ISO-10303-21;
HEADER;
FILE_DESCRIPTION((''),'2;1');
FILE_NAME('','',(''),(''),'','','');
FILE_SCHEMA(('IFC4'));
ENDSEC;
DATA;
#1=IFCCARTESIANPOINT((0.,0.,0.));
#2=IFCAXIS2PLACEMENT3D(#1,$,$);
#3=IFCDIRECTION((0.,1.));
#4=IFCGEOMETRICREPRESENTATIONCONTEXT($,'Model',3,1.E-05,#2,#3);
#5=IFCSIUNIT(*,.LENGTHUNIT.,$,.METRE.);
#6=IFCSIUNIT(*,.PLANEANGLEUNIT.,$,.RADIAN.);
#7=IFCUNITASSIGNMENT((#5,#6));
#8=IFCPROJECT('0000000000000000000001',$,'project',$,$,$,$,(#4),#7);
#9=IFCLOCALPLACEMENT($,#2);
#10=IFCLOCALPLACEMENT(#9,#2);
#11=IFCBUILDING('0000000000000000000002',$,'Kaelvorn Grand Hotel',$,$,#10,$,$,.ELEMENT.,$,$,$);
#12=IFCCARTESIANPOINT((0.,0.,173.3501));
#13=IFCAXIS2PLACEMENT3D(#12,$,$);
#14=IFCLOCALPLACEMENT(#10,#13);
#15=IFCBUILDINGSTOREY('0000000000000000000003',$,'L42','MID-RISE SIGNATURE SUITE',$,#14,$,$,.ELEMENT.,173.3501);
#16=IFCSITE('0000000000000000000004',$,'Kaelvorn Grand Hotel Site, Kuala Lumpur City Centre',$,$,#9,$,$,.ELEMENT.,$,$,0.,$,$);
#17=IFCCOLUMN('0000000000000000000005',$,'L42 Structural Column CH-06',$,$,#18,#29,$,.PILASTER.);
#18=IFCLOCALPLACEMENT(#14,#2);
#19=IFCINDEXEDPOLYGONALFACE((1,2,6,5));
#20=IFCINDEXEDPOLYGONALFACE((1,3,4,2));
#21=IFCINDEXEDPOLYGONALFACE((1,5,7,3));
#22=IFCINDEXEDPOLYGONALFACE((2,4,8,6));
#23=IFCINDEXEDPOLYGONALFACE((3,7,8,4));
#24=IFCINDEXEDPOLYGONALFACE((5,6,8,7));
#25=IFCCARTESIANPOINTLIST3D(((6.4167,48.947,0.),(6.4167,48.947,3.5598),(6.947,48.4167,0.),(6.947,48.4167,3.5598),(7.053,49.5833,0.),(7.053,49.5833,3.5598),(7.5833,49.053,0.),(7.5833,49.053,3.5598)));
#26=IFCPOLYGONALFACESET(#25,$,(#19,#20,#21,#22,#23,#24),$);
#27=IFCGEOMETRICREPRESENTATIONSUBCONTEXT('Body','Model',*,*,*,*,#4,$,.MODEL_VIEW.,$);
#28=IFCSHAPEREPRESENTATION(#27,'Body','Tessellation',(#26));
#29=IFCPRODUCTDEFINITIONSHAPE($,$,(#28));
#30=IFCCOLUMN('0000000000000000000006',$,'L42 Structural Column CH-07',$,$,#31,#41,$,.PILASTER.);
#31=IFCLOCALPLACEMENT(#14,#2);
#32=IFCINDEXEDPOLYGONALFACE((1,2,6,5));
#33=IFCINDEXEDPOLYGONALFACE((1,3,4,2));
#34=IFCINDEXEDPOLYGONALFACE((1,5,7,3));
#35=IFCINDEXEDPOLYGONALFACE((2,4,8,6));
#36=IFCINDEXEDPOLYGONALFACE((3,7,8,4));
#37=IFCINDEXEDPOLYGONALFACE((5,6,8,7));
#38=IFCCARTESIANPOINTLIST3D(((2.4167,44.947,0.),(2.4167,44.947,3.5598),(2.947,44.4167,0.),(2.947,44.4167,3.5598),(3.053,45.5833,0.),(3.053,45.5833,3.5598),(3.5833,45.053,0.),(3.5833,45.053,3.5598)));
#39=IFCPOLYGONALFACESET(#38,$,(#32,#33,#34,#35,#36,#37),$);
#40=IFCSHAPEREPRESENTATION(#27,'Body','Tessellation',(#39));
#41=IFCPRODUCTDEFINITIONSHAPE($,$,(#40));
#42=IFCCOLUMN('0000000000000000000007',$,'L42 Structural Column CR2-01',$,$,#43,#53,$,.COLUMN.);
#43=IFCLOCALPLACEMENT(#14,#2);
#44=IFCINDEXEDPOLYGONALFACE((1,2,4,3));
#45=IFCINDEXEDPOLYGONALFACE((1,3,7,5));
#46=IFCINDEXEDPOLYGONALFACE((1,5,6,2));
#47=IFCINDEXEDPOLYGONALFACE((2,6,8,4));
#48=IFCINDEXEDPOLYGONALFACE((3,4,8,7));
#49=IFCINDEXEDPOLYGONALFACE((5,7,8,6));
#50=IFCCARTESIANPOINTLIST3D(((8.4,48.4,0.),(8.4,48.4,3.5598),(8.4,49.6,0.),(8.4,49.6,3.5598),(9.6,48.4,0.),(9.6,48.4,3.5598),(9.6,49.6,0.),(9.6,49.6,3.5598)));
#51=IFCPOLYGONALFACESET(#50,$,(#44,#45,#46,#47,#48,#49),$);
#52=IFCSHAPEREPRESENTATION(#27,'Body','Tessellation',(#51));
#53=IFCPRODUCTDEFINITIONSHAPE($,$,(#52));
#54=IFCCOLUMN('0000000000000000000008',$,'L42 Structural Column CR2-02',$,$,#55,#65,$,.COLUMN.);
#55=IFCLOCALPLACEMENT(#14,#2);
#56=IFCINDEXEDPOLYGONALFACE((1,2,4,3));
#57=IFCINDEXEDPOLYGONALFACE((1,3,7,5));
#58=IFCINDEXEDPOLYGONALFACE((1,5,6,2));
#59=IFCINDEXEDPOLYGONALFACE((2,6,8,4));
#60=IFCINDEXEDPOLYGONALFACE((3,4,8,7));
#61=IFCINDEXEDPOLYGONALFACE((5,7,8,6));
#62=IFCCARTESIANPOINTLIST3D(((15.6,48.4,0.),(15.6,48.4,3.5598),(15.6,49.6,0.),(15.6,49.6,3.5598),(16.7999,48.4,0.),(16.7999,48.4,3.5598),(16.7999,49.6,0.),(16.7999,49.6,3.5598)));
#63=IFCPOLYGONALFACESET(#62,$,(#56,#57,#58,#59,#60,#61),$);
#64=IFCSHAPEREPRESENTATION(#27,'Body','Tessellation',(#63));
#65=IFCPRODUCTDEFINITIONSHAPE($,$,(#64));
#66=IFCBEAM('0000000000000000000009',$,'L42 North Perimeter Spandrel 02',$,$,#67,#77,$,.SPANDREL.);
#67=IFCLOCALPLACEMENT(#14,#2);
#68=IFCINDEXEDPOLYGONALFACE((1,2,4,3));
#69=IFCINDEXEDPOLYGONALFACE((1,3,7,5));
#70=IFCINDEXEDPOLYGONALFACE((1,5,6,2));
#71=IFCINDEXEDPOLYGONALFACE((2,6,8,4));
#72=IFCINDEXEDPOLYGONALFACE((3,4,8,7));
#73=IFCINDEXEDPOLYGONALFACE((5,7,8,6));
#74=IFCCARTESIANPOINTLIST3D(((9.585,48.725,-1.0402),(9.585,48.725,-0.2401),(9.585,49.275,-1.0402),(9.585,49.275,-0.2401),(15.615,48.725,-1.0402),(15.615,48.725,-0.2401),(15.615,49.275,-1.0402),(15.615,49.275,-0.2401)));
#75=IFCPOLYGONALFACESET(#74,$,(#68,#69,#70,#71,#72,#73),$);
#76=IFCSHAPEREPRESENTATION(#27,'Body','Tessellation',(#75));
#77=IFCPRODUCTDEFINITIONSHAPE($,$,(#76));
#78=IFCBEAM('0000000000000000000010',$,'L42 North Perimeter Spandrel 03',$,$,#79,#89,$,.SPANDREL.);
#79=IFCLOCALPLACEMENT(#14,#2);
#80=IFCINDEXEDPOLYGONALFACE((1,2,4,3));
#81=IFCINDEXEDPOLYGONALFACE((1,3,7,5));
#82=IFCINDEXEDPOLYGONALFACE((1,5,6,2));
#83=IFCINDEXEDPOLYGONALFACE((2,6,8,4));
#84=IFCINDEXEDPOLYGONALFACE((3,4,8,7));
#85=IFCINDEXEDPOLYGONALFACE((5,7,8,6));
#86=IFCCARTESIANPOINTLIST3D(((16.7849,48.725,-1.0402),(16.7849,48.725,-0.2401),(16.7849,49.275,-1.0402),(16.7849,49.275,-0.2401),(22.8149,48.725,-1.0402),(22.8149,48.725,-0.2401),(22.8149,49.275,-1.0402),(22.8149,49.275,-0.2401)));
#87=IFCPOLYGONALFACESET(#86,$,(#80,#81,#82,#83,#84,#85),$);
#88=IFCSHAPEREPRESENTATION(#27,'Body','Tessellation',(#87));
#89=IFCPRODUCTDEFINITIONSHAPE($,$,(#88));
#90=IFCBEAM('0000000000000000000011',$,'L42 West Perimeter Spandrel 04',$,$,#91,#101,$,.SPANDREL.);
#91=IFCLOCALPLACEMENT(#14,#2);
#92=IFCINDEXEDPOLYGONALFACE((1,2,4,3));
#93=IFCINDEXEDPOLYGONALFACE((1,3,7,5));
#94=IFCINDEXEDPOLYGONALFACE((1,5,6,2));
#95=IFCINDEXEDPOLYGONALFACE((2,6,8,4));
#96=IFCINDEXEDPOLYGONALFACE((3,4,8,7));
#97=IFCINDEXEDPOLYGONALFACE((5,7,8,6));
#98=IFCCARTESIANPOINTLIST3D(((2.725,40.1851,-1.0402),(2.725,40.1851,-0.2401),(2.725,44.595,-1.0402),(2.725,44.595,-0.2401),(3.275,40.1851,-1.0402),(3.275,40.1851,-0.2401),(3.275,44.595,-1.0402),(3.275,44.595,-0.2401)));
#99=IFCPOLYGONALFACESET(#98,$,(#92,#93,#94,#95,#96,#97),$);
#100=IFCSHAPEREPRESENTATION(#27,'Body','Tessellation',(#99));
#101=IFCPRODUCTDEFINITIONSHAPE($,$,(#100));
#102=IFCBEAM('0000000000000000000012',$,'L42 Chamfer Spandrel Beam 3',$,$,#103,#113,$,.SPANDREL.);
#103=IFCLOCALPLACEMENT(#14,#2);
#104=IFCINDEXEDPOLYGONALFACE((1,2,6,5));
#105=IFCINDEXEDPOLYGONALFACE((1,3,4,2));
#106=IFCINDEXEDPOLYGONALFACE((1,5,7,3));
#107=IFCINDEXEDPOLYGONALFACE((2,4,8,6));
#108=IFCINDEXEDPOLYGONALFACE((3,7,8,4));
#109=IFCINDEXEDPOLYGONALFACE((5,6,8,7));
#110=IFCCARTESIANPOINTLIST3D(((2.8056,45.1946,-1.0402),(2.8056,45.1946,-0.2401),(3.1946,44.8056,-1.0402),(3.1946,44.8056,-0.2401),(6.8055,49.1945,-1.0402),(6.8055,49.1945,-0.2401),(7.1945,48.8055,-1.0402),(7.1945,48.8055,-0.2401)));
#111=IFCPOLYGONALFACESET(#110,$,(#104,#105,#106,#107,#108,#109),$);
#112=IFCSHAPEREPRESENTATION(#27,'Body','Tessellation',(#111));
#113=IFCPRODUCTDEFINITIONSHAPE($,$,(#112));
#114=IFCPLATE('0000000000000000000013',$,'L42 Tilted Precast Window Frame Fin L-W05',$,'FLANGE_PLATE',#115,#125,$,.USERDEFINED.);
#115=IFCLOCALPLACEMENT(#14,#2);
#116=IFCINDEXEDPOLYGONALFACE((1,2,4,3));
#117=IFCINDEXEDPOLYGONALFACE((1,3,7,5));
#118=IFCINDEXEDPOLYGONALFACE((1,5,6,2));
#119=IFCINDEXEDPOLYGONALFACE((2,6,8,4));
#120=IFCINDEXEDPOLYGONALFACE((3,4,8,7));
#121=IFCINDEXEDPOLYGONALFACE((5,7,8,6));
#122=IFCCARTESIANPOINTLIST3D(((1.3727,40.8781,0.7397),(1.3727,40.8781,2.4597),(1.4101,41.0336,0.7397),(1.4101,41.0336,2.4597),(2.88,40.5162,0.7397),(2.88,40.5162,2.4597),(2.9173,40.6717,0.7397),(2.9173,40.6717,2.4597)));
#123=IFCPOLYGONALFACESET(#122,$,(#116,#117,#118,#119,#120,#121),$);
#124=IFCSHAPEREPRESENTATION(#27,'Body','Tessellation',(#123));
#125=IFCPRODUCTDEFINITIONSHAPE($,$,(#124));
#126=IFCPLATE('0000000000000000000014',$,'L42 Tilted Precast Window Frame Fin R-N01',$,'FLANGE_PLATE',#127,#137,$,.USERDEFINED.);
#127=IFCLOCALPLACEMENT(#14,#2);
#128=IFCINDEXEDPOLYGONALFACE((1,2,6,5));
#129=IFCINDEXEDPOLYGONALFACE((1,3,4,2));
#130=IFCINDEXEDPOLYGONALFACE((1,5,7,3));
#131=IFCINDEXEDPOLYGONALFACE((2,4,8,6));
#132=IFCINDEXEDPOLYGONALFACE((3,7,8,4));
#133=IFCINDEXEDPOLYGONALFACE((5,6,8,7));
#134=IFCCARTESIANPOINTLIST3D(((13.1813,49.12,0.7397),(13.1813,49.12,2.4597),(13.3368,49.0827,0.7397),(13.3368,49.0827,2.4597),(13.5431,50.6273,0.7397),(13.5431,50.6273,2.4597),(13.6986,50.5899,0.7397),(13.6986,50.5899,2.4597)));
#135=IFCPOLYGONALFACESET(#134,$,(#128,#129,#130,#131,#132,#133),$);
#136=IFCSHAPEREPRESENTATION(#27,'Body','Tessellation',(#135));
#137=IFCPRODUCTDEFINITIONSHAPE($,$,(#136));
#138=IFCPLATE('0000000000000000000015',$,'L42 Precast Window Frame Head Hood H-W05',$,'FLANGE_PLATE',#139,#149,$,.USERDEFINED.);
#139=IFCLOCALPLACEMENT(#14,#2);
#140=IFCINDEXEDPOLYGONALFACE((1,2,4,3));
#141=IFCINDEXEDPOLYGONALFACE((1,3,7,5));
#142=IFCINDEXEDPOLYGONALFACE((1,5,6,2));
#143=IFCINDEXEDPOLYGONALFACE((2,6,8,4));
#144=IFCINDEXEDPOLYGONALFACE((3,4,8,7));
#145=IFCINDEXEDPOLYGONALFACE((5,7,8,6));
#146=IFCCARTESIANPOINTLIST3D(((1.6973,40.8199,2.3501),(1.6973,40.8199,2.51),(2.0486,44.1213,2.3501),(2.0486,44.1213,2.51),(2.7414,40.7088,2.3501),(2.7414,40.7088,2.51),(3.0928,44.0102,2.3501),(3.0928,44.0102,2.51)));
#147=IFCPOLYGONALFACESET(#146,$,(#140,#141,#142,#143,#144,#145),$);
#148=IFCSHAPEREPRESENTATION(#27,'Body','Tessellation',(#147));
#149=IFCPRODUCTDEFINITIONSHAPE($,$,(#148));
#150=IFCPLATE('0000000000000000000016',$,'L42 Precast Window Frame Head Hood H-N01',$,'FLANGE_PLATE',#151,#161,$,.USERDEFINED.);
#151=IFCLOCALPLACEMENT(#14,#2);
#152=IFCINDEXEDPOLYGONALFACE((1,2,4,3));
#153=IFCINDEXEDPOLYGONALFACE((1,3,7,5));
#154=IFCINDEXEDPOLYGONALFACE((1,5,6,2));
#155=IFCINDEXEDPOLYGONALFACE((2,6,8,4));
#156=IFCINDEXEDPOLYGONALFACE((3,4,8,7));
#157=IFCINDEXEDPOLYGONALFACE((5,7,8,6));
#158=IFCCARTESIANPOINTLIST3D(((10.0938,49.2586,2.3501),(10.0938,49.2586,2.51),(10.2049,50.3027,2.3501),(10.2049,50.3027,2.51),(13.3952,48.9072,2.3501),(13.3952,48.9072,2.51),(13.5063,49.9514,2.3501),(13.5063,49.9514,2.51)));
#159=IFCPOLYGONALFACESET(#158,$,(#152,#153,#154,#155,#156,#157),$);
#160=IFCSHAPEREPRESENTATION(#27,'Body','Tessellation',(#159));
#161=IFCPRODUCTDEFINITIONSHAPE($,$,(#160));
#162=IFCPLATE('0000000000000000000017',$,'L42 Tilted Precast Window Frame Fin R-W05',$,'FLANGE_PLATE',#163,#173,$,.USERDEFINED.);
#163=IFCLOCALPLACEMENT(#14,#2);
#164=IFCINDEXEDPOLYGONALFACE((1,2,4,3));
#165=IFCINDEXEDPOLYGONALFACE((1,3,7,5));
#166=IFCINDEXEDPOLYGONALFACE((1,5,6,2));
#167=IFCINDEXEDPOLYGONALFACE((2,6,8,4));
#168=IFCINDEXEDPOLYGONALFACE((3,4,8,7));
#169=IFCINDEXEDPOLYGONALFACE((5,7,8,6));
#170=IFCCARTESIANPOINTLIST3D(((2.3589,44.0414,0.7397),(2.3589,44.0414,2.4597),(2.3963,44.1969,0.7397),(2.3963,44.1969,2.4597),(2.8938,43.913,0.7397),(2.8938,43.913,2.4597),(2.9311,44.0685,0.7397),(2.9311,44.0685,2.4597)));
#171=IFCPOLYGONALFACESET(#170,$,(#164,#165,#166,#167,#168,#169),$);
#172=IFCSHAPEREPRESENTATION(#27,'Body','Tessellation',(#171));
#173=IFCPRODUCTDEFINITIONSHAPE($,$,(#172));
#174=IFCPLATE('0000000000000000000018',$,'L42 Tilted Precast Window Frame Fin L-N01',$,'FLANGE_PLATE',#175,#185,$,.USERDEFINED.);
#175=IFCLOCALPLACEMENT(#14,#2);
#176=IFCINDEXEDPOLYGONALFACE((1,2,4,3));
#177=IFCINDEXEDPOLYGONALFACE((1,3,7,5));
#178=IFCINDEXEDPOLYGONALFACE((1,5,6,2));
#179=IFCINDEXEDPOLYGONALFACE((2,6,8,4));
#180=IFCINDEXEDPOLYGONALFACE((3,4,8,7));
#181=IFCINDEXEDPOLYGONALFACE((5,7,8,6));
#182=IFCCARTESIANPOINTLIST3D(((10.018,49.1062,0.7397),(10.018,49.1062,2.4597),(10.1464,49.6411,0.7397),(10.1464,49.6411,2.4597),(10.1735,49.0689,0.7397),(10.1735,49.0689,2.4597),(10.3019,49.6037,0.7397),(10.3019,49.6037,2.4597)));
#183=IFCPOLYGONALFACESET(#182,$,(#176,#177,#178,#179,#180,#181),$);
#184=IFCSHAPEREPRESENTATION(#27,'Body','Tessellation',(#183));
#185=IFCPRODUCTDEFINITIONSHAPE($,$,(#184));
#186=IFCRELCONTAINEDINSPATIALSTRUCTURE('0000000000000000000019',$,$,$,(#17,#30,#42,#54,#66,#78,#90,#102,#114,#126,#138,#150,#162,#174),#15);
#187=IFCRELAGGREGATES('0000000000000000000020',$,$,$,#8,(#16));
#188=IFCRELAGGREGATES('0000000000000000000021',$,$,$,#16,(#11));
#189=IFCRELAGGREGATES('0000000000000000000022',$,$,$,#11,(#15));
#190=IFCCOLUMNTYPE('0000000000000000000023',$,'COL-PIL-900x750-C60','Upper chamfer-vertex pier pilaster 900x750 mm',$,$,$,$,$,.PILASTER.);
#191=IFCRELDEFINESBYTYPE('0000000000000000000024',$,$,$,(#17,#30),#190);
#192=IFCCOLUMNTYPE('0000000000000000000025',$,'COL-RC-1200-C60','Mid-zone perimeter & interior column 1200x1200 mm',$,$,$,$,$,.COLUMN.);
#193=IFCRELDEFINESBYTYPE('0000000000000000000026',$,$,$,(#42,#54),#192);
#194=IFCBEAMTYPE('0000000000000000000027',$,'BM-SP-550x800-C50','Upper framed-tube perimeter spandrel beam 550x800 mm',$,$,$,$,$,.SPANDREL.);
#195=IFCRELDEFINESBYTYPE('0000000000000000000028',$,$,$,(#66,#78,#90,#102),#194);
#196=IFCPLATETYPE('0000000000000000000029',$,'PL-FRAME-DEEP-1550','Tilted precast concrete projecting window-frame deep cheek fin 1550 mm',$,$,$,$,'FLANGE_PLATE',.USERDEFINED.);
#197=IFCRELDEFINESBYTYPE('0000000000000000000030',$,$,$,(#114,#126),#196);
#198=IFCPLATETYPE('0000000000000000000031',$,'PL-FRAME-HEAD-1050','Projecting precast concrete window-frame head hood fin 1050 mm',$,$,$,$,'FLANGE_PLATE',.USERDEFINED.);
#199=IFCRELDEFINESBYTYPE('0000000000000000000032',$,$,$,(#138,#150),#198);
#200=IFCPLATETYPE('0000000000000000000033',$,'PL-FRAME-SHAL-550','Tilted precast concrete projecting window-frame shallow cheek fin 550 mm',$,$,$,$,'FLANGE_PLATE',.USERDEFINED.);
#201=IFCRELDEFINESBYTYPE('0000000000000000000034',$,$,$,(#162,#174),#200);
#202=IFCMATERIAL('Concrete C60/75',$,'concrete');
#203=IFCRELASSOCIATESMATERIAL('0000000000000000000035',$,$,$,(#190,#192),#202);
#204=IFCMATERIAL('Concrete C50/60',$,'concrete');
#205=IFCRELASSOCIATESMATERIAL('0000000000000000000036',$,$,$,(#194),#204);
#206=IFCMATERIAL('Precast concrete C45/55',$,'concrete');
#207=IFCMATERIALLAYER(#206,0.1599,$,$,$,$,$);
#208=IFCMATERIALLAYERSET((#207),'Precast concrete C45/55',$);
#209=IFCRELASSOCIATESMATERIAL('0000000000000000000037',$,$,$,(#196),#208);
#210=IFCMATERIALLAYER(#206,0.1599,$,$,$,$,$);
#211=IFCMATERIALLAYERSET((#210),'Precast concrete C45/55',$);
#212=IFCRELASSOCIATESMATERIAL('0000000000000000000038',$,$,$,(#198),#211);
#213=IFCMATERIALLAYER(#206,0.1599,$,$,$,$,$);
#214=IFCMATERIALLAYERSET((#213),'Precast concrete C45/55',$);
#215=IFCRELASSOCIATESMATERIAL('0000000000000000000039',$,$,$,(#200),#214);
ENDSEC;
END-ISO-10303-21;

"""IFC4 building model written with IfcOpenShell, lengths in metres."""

from ifc_helpers import new_model, si_unit, direction, frame, origin, origin_2d, place, context, subcontext, project, spatial, rectangle, extrude, material, layer, layer_set, material_profile, profile_set, type_object, element, save


model = new_model("IFC4")

# Units and contexts
model_context = context("Model", 3, precision=1e-05, world=origin(), true_north=direction((0.0, 1.0)))
body_context = subcontext(model_context, "Body", "Model", "MODEL_VIEW")
ifc_project = project(units=[si_unit("LENGTHUNIT", "METRE"), si_unit("PLANEANGLEUNIT", "RADIAN")], contexts=[model_context])

# Site, building, storey
site_placement = place(None, origin())
site = spatial("IfcSite", under=ifc_project, at=site_placement, Name="Kaelvorn Grand Hotel Site, Kuala Lumpur City Centre", CompositionType="ELEMENT", RefElevation=0.0)
building_placement = place(site_placement, origin())
building = spatial("IfcBuilding", under=site, at=building_placement, Name="Kaelvorn Grand Hotel", CompositionType="ELEMENT")
storey_placement = place(building_placement, frame((0.0, 0.0, 173.3501)))
storey = spatial("IfcBuildingStorey", under=building, at=storey_placement, Name="L42", Description="MID-RISE SIGNATURE SUITE", CompositionType="ELEMENT", Elevation=173.3501)

# Columns
ifc_material_1 = material(Name="Concrete C60/75", Category="concrete")
ifc_material_profile_1 = material_profile(ifc_material_1, rectangle(XDim=0.8999, YDim=0.75, at=origin_2d()), Name="RC PILASTER 900x750")
ifc_profile_set_1 = profile_set([ifc_material_profile_1], Name="Concrete C60/75")
column_type_1 = type_object("IfcColumnType", Name="COL-PIL-900x750-C60", Description="Upper chamfer-vertex pier pilaster 900x750 mm", PredefinedType="PILASTER", material=ifc_profile_set_1)
for number, where, z_axis, x_axis, name in (
    (1, (7.0, 49.0, 0.0), (0.0, 0.0, 1.0), (0.707107, 0.707107, 0.0), "L42 Structural Column CH-06"),
    (2, (3.0, 45.0, 0.0), (0.0, 0.0, 1.0), (0.707107, 0.707107, 0.0), "L42 Structural Column CH-07"),
):
    element("IfcColumn", number, at=place(storey_placement, frame(where, z_axis=z_axis, x_axis=x_axis)), inside=storey, type_object=column_type_1, Name=name, PredefinedType="PILASTER", context=body_context, shape_type="SweptSolid", body=[
        extrude(rectangle(XDim=0.8999, YDim=0.75, at=origin_2d()), origin(), (0.0, 0.0, 1.0), 3.5598),
    ])
ifc_material_profile_2 = material_profile(ifc_material_1, rectangle(XDim=1.2, YDim=1.2, at=origin_2d()), Name="RC COL 1200x1200")
ifc_profile_set_2 = profile_set([ifc_material_profile_2], Name="Concrete C60/75")
column_type_2 = type_object("IfcColumnType", Name="COL-RC-1200-C60", Description="Mid-zone perimeter & interior column 1200x1200 mm", PredefinedType="COLUMN", material=ifc_profile_set_2)
for number, where, z_axis, x_axis, name in (
    (3, (9.0, 49.0, 0.0), (0.0, 0.0, 1.0), (1.0, 0.0, 0.0), "L42 Structural Column CR2-01"),
    (4, (16.2, 49.0, 0.0), (0.0, 0.0, 1.0), (1.0, 0.0, 0.0), "L42 Structural Column CR2-02"),
):
    element("IfcColumn", number, at=place(storey_placement, frame(where, z_axis=z_axis, x_axis=x_axis)), inside=storey, type_object=column_type_2, Name=name, PredefinedType="COLUMN", context=body_context, shape_type="SweptSolid", body=[
        extrude(rectangle(XDim=1.2, YDim=1.2, at=origin_2d()), origin(), (0.0, 0.0, 1.0), 3.5598),
    ])

# Beams
ifc_material_2 = material(Name="Concrete C50/60", Category="concrete")
ifc_material_profile_3 = material_profile(ifc_material_2, rectangle(XDim=0.55, YDim=0.8, at=origin_2d()), Name="RC SPANDREL 550x800")
ifc_profile_set_3 = profile_set([ifc_material_profile_3], Name="Concrete C50/60")
beam_type = type_object("IfcBeamType", Name="BM-SP-550x800-C50", Description="Upper framed-tube perimeter spandrel beam 550x800 mm", PredefinedType="SPANDREL", material=ifc_profile_set_3)
for number, where, z_axis, x_axis, name in (
    (5, (9.585, 49.0, -0.6401), (1.0, 0.0, 0.0), (0.0, 1.0, 0.0), "L42 North Perimeter Spandrel 02"),
    (6, (16.7849, 49.0, -0.6401), (1.0, 0.0, 0.0), (0.0, 1.0, 0.0), "L42 North Perimeter Spandrel 03"),
):
    element("IfcBeam", number, at=place(storey_placement, frame(where, z_axis=z_axis, x_axis=x_axis)), inside=storey, type_object=beam_type, Name=name, PredefinedType="SPANDREL", context=body_context, shape_type="SweptSolid", body=[
        extrude(rectangle(XDim=0.55, YDim=0.8, at=origin_2d()), origin(), (0.0, 0.0, 1.0), 6.03),
    ])
beam_1_placement = place(storey_placement, frame((3.0, 40.1851, -0.6401), z_axis=(0.0, 1.0, 0.0), x_axis=(-1.0, 0.0, 0.0)))
element("IfcBeam", 7, at=beam_1_placement, inside=storey, type_object=beam_type, Name="L42 West Perimeter Spandrel 04", PredefinedType="SPANDREL", context=body_context, shape_type="SweptSolid", body=[
    extrude(rectangle(XDim=0.55, YDim=0.8, at=origin_2d()), origin(), (0.0, 0.0, 1.0), 4.4099),
])
beam_2_placement = place(storey_placement, frame((7.0, 49.0, -0.6401), z_axis=(-0.707107, -0.707107, 0.0), x_axis=(0.707107, -0.707107, 0.0)))
element("IfcBeam", 8, at=beam_2_placement, inside=storey, type_object=beam_type, Name="L42 Chamfer Spandrel Beam 3", PredefinedType="SPANDREL", context=body_context, shape_type="SweptSolid", body=[
    extrude(rectangle(XDim=0.55, YDim=0.8, at=origin_2d()), origin(), (0.0, 0.0, 1.0), 5.6567),
])

# Plates
ifc_material_3 = material(Name="Precast concrete C45/55", Category="concrete")
ifc_layer_1 = layer(ifc_material_3, 0.1599)
ifc_layer_set_1 = layer_set([ifc_layer_1], Name="Precast concrete C45/55")
plate_type_1 = type_object("IfcPlateType", Name="PL-FRAME-DEEP-1550", Description="Tilted precast concrete projecting window-frame deep cheek fin 1550 mm", ElementType="FLANGE_PLATE", PredefinedType="USERDEFINED", material=ifc_layer_set_1)
for number, where, z_axis, x_axis, name in (
    (9, (2.145, 40.7749, 0.7397), (0.0, 0.0, 1.0), (0.233445, 0.97237, 0.0), "L42 Tilted Precast Window Frame Fin L-W05"),
    (10, (13.4399, 49.855, 0.7397), (0.0, 0.0, 1.0), (0.97237, -0.233445, 0.0), "L42 Tilted Precast Window Frame Fin R-N01"),
):
    element("IfcPlate", number, at=place(storey_placement, frame(where, z_axis=z_axis, x_axis=x_axis)), inside=storey, type_object=plate_type_1, Name=name, ObjectType="FLANGE_PLATE", PredefinedType="USERDEFINED", context=body_context, shape_type="SweptSolid", body=[
        extrude(rectangle(XDim=0.1599, YDim=1.55, at=origin_2d()), origin(), (0.0, 0.0, 1.0), 1.72),
    ])
ifc_layer_2 = layer(ifc_material_3, 0.1599)
ifc_layer_set_2 = layer_set([ifc_layer_2], Name="Precast concrete C45/55")
plate_type_2 = type_object("IfcPlateType", Name="PL-FRAME-HEAD-1050", Description="Projecting precast concrete window-frame head hood fin 1050 mm", ElementType="FLANGE_PLATE", PredefinedType="USERDEFINED", material=ifc_layer_set_2)
for number, where, z_axis, x_axis, name in (
    (11, (2.395, 42.415, 2.3501), (0.0, 0.0, 1.0), (0.10583, 0.994384, 0.0), "L42 Precast Window Frame Head Hood H-W05"),
    (12, (11.8, 49.605, 2.3501), (0.0, 0.0, 1.0), (0.994384, -0.10583, 0.0), "L42 Precast Window Frame Head Hood H-N01"),
):
    element("IfcPlate", number, at=place(storey_placement, frame(where, z_axis=z_axis, x_axis=x_axis)), inside=storey, type_object=plate_type_2, Name=name, ObjectType="FLANGE_PLATE", PredefinedType="USERDEFINED", context=body_context, shape_type="SweptSolid", body=[
        extrude(rectangle(XDim=3.3201, YDim=1.05, at=origin_2d()), origin(), (0.0, 0.0, 1.0), 0.1599),
    ])
ifc_layer_3 = layer(ifc_material_3, 0.1599)
ifc_layer_set_3 = layer_set([ifc_layer_3], Name="Precast concrete C45/55")
plate_type_3 = type_object("IfcPlateType", Name="PL-FRAME-SHAL-550", Description="Tilted precast concrete projecting window-frame shallow cheek fin 550 mm", ElementType="FLANGE_PLATE", PredefinedType="USERDEFINED", material=ifc_layer_set_3)
for number, where, z_axis, x_axis, name in (
    (13, (2.645, 44.0549, 0.7397), (0.0, 0.0, 1.0), (0.233445, 0.97237, 0.0), "L42 Tilted Precast Window Frame Fin R-W05"),
    (14, (10.1599, 49.355, 0.7397), (0.0, 0.0, 1.0), (0.97237, -0.233445, 0.0), "L42 Tilted Precast Window Frame Fin L-N01"),
):
    element("IfcPlate", number, at=place(storey_placement, frame(where, z_axis=z_axis, x_axis=x_axis)), inside=storey, type_object=plate_type_3, Name=name, ObjectType="FLANGE_PLATE", PredefinedType="USERDEFINED", context=body_context, shape_type="SweptSolid", body=[
        extrude(rectangle(XDim=0.1599, YDim=0.55, at=origin_2d()), origin(), (0.0, 0.0, 1.0), 1.72),
    ])

save(model, "model.ifc")
